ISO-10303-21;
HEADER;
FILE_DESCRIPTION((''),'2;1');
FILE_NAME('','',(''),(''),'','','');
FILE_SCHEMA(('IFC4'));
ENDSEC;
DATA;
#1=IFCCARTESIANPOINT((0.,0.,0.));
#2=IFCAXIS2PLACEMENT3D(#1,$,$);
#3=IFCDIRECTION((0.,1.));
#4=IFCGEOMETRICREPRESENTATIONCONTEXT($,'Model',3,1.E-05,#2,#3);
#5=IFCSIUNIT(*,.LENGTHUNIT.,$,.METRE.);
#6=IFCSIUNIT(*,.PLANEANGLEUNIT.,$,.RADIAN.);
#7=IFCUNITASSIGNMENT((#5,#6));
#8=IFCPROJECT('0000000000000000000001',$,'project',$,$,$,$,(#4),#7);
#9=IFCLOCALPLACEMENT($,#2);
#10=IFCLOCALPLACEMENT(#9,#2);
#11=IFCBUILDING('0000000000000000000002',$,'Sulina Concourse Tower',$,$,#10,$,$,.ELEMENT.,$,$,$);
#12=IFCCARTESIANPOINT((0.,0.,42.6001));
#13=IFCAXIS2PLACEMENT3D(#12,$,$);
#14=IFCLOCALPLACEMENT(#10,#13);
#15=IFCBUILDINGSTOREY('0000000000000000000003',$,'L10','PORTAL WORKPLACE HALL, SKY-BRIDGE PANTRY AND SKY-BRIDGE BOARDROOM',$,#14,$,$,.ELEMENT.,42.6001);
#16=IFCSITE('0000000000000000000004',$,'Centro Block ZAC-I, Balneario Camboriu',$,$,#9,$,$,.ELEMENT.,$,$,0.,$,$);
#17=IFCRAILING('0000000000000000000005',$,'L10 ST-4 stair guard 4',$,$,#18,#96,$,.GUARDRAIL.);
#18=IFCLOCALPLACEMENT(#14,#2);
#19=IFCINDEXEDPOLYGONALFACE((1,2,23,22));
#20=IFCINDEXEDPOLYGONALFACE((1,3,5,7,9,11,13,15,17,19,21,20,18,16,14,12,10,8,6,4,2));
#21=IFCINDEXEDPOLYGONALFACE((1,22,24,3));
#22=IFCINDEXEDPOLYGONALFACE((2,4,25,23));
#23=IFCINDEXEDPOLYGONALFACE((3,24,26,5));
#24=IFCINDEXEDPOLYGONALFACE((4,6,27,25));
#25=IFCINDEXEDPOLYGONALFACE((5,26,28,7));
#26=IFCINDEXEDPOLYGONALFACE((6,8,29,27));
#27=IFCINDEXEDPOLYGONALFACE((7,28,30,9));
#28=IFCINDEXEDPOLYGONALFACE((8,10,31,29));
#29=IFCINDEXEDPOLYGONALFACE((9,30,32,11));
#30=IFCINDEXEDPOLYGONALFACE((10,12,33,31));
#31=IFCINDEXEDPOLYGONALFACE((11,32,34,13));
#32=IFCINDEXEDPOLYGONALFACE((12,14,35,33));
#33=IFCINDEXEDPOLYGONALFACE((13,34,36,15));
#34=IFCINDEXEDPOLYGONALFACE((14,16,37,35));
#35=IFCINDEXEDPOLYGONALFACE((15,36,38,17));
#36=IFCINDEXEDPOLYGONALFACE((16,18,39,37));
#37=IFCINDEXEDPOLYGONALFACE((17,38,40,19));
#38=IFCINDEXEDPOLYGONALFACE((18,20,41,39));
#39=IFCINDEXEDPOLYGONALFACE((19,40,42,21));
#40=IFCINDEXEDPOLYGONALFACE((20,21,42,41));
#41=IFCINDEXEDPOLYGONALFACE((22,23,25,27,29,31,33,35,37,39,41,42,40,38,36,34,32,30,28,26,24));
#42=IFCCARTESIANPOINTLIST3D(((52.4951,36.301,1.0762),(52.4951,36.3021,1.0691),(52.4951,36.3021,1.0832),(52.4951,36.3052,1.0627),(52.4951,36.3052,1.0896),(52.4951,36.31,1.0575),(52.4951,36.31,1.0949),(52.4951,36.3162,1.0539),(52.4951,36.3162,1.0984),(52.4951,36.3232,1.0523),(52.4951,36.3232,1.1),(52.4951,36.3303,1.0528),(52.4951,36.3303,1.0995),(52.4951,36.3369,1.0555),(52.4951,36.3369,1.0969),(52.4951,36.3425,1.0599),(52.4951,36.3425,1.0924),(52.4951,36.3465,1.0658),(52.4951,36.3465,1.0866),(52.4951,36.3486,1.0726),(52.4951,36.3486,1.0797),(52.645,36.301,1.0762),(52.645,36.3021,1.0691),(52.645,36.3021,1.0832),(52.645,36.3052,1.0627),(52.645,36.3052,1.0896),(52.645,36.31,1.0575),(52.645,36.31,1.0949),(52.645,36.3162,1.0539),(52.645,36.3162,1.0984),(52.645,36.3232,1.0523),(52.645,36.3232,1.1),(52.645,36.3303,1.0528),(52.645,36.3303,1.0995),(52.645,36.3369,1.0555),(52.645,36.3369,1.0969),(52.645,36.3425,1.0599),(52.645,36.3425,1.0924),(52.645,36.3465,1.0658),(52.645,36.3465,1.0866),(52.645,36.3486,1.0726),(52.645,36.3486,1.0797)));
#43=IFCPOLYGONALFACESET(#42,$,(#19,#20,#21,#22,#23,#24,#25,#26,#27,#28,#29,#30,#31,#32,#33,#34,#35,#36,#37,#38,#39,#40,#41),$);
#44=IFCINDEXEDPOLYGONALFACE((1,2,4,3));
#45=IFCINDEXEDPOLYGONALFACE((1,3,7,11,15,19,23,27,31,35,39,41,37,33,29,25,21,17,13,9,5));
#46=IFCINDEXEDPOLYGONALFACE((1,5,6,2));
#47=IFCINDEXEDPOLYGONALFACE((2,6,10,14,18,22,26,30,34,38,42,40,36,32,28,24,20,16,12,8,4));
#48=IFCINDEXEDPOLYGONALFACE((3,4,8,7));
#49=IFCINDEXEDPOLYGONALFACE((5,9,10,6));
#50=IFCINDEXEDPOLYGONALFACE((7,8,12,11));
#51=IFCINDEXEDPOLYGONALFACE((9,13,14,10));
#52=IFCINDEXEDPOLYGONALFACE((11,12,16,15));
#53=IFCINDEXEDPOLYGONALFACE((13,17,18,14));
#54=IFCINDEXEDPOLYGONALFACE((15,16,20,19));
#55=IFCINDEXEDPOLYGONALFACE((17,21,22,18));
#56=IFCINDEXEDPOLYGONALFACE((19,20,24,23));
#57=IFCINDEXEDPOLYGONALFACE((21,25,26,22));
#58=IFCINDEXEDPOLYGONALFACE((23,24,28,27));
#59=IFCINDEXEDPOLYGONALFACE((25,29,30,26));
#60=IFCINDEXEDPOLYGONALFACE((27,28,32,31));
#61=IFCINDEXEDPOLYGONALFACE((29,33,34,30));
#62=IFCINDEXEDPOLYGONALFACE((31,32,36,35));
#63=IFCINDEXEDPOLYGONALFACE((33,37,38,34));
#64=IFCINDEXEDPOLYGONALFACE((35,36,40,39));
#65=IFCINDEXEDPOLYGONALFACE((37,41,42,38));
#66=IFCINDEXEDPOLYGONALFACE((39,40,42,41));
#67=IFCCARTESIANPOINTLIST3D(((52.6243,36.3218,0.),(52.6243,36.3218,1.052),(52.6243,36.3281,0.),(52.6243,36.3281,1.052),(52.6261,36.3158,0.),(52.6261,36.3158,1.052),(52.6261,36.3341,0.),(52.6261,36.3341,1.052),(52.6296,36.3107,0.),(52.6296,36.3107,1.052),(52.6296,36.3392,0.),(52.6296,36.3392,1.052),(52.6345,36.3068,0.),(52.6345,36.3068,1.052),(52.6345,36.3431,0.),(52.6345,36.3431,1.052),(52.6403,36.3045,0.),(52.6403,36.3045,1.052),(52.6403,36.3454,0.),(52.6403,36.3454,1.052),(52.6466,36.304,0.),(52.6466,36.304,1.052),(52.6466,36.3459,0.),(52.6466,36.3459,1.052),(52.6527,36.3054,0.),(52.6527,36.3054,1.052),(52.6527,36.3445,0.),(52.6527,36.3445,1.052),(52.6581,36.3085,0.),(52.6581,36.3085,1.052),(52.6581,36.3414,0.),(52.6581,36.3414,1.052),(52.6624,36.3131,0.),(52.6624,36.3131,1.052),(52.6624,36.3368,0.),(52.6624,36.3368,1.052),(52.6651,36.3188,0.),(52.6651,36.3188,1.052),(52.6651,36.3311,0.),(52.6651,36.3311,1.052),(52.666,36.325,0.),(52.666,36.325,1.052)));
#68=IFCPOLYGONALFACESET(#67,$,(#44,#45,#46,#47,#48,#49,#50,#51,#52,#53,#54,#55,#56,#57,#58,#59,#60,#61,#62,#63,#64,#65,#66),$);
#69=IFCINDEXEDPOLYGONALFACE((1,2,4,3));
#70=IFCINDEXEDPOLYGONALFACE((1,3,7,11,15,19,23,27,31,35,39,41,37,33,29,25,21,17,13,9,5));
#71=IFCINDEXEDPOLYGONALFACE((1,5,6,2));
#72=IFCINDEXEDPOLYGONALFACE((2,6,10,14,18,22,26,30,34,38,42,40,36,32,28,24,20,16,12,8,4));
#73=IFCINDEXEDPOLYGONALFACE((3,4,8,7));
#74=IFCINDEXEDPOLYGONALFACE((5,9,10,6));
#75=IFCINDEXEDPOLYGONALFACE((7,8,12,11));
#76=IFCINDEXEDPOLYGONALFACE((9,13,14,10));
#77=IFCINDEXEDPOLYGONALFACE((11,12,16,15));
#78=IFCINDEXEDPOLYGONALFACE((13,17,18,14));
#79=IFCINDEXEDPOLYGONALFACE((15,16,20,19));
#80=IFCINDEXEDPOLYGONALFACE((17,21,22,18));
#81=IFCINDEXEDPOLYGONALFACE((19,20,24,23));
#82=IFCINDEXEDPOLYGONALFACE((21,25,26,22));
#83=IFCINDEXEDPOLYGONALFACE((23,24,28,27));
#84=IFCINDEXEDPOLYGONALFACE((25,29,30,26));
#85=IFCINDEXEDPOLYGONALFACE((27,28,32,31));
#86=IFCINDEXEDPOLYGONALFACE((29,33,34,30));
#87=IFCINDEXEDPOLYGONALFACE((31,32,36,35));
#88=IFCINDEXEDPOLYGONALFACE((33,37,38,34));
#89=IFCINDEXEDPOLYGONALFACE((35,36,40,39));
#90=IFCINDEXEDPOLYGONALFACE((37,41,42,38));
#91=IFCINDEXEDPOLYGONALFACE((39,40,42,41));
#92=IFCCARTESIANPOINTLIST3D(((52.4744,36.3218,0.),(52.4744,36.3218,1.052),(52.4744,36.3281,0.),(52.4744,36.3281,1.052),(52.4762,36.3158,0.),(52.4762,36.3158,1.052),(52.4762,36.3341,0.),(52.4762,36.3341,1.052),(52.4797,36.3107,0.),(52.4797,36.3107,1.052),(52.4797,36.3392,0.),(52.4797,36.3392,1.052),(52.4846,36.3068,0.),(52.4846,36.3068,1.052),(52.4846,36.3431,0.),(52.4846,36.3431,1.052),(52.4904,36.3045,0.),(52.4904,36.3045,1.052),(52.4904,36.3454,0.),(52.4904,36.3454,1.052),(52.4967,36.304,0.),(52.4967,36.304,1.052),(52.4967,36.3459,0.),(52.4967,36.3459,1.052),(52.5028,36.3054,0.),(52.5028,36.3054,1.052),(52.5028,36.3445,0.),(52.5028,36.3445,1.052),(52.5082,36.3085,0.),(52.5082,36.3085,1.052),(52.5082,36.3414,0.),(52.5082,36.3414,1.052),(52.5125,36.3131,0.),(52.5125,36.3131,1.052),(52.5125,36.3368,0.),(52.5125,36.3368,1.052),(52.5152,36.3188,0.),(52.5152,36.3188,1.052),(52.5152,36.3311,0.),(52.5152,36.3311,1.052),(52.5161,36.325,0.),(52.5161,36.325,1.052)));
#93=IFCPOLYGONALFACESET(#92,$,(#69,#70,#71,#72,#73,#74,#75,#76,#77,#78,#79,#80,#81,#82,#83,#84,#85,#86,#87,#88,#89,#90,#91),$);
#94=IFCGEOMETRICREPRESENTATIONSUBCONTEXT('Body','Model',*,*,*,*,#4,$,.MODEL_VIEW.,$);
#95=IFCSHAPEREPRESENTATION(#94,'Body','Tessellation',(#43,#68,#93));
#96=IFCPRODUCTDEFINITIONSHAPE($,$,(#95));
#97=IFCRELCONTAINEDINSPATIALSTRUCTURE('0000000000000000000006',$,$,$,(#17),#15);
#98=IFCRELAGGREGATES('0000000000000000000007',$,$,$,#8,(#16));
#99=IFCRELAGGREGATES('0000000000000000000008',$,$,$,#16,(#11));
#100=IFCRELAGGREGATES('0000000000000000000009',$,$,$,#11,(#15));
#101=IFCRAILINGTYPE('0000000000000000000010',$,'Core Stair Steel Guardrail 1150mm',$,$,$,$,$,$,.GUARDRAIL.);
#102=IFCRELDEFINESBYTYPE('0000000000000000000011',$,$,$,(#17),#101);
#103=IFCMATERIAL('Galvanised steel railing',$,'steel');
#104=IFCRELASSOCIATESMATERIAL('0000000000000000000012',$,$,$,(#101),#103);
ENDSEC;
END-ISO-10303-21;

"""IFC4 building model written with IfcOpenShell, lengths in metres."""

from ifc_helpers import new_model, si_unit, direction, frame, origin, origin_2d, place, context, subcontext, project, spatial, circle, extrude, material, type_object, element, save


model = new_model("IFC4")

# Units and contexts
model_context = context("Model", 3, precision=1e-05, world=origin(), true_north=direction((0.0, 1.0)))
body_context = subcontext(model_context, "Body", "Model", "MODEL_VIEW")
ifc_project = project(units=[si_unit("LENGTHUNIT", "METRE"), si_unit("PLANEANGLEUNIT", "RADIAN")], contexts=[model_context])

# Site, building, storey
site_placement = place(None, origin())
site = spatial("IfcSite", under=ifc_project, at=site_placement, Name="Centro Block ZAC-I, Balneario Camboriu", CompositionType="ELEMENT", RefElevation=0.0)
building_placement = place(site_placement, origin())
building = spatial("IfcBuilding", under=site, at=building_placement, Name="Sulina Concourse Tower", CompositionType="ELEMENT")
storey_placement = place(building_placement, frame((0.0, 0.0, 42.6001)))
storey = spatial("IfcBuildingStorey", under=building, at=storey_placement, Name="L10", Description="PORTAL WORKPLACE HALL, SKY-BRIDGE PANTRY AND SKY-BRIDGE BOARDROOM", CompositionType="ELEMENT", Elevation=42.6001)

# Railing
ifc_material_1 = material(Name="Galvanised steel railing", Category="steel")
railing_type_1 = type_object("IfcRailingType", Name="Core Stair Steel Guardrail 1150mm", PredefinedType="GUARDRAIL", material=ifc_material_1)
railing_1_placement = place(storey_placement, frame((52.645, 36.325, 0.0)))
element("IfcRailing", 1, at=railing_1_placement, inside=storey, type_object=railing_type_1, Name="L10 ST-4 stair guard 4", PredefinedType="GUARDRAIL", context=body_context, shape_type="SweptSolid", body=[
    extrude(circle(Radius=0.0239, at=origin_2d()), frame((0.0, 0.0, 1.0762), z_axis=(-1.0, 0.0, 0.0), x_axis=(0.0, -1.0, 0.0)), (0.0, 0.0, 1.0), 0.1499),
    extrude(circle(Radius=0.021, at=origin_2d()), origin(), (0.0, 0.0, 1.0), 1.052),
    extrude(circle(Radius=0.021, at=origin_2d()), frame((-0.1499, 0.0, 0.0)), (0.0, 0.0, 1.0), 1.052),
])

save(model, "model.ifc")
